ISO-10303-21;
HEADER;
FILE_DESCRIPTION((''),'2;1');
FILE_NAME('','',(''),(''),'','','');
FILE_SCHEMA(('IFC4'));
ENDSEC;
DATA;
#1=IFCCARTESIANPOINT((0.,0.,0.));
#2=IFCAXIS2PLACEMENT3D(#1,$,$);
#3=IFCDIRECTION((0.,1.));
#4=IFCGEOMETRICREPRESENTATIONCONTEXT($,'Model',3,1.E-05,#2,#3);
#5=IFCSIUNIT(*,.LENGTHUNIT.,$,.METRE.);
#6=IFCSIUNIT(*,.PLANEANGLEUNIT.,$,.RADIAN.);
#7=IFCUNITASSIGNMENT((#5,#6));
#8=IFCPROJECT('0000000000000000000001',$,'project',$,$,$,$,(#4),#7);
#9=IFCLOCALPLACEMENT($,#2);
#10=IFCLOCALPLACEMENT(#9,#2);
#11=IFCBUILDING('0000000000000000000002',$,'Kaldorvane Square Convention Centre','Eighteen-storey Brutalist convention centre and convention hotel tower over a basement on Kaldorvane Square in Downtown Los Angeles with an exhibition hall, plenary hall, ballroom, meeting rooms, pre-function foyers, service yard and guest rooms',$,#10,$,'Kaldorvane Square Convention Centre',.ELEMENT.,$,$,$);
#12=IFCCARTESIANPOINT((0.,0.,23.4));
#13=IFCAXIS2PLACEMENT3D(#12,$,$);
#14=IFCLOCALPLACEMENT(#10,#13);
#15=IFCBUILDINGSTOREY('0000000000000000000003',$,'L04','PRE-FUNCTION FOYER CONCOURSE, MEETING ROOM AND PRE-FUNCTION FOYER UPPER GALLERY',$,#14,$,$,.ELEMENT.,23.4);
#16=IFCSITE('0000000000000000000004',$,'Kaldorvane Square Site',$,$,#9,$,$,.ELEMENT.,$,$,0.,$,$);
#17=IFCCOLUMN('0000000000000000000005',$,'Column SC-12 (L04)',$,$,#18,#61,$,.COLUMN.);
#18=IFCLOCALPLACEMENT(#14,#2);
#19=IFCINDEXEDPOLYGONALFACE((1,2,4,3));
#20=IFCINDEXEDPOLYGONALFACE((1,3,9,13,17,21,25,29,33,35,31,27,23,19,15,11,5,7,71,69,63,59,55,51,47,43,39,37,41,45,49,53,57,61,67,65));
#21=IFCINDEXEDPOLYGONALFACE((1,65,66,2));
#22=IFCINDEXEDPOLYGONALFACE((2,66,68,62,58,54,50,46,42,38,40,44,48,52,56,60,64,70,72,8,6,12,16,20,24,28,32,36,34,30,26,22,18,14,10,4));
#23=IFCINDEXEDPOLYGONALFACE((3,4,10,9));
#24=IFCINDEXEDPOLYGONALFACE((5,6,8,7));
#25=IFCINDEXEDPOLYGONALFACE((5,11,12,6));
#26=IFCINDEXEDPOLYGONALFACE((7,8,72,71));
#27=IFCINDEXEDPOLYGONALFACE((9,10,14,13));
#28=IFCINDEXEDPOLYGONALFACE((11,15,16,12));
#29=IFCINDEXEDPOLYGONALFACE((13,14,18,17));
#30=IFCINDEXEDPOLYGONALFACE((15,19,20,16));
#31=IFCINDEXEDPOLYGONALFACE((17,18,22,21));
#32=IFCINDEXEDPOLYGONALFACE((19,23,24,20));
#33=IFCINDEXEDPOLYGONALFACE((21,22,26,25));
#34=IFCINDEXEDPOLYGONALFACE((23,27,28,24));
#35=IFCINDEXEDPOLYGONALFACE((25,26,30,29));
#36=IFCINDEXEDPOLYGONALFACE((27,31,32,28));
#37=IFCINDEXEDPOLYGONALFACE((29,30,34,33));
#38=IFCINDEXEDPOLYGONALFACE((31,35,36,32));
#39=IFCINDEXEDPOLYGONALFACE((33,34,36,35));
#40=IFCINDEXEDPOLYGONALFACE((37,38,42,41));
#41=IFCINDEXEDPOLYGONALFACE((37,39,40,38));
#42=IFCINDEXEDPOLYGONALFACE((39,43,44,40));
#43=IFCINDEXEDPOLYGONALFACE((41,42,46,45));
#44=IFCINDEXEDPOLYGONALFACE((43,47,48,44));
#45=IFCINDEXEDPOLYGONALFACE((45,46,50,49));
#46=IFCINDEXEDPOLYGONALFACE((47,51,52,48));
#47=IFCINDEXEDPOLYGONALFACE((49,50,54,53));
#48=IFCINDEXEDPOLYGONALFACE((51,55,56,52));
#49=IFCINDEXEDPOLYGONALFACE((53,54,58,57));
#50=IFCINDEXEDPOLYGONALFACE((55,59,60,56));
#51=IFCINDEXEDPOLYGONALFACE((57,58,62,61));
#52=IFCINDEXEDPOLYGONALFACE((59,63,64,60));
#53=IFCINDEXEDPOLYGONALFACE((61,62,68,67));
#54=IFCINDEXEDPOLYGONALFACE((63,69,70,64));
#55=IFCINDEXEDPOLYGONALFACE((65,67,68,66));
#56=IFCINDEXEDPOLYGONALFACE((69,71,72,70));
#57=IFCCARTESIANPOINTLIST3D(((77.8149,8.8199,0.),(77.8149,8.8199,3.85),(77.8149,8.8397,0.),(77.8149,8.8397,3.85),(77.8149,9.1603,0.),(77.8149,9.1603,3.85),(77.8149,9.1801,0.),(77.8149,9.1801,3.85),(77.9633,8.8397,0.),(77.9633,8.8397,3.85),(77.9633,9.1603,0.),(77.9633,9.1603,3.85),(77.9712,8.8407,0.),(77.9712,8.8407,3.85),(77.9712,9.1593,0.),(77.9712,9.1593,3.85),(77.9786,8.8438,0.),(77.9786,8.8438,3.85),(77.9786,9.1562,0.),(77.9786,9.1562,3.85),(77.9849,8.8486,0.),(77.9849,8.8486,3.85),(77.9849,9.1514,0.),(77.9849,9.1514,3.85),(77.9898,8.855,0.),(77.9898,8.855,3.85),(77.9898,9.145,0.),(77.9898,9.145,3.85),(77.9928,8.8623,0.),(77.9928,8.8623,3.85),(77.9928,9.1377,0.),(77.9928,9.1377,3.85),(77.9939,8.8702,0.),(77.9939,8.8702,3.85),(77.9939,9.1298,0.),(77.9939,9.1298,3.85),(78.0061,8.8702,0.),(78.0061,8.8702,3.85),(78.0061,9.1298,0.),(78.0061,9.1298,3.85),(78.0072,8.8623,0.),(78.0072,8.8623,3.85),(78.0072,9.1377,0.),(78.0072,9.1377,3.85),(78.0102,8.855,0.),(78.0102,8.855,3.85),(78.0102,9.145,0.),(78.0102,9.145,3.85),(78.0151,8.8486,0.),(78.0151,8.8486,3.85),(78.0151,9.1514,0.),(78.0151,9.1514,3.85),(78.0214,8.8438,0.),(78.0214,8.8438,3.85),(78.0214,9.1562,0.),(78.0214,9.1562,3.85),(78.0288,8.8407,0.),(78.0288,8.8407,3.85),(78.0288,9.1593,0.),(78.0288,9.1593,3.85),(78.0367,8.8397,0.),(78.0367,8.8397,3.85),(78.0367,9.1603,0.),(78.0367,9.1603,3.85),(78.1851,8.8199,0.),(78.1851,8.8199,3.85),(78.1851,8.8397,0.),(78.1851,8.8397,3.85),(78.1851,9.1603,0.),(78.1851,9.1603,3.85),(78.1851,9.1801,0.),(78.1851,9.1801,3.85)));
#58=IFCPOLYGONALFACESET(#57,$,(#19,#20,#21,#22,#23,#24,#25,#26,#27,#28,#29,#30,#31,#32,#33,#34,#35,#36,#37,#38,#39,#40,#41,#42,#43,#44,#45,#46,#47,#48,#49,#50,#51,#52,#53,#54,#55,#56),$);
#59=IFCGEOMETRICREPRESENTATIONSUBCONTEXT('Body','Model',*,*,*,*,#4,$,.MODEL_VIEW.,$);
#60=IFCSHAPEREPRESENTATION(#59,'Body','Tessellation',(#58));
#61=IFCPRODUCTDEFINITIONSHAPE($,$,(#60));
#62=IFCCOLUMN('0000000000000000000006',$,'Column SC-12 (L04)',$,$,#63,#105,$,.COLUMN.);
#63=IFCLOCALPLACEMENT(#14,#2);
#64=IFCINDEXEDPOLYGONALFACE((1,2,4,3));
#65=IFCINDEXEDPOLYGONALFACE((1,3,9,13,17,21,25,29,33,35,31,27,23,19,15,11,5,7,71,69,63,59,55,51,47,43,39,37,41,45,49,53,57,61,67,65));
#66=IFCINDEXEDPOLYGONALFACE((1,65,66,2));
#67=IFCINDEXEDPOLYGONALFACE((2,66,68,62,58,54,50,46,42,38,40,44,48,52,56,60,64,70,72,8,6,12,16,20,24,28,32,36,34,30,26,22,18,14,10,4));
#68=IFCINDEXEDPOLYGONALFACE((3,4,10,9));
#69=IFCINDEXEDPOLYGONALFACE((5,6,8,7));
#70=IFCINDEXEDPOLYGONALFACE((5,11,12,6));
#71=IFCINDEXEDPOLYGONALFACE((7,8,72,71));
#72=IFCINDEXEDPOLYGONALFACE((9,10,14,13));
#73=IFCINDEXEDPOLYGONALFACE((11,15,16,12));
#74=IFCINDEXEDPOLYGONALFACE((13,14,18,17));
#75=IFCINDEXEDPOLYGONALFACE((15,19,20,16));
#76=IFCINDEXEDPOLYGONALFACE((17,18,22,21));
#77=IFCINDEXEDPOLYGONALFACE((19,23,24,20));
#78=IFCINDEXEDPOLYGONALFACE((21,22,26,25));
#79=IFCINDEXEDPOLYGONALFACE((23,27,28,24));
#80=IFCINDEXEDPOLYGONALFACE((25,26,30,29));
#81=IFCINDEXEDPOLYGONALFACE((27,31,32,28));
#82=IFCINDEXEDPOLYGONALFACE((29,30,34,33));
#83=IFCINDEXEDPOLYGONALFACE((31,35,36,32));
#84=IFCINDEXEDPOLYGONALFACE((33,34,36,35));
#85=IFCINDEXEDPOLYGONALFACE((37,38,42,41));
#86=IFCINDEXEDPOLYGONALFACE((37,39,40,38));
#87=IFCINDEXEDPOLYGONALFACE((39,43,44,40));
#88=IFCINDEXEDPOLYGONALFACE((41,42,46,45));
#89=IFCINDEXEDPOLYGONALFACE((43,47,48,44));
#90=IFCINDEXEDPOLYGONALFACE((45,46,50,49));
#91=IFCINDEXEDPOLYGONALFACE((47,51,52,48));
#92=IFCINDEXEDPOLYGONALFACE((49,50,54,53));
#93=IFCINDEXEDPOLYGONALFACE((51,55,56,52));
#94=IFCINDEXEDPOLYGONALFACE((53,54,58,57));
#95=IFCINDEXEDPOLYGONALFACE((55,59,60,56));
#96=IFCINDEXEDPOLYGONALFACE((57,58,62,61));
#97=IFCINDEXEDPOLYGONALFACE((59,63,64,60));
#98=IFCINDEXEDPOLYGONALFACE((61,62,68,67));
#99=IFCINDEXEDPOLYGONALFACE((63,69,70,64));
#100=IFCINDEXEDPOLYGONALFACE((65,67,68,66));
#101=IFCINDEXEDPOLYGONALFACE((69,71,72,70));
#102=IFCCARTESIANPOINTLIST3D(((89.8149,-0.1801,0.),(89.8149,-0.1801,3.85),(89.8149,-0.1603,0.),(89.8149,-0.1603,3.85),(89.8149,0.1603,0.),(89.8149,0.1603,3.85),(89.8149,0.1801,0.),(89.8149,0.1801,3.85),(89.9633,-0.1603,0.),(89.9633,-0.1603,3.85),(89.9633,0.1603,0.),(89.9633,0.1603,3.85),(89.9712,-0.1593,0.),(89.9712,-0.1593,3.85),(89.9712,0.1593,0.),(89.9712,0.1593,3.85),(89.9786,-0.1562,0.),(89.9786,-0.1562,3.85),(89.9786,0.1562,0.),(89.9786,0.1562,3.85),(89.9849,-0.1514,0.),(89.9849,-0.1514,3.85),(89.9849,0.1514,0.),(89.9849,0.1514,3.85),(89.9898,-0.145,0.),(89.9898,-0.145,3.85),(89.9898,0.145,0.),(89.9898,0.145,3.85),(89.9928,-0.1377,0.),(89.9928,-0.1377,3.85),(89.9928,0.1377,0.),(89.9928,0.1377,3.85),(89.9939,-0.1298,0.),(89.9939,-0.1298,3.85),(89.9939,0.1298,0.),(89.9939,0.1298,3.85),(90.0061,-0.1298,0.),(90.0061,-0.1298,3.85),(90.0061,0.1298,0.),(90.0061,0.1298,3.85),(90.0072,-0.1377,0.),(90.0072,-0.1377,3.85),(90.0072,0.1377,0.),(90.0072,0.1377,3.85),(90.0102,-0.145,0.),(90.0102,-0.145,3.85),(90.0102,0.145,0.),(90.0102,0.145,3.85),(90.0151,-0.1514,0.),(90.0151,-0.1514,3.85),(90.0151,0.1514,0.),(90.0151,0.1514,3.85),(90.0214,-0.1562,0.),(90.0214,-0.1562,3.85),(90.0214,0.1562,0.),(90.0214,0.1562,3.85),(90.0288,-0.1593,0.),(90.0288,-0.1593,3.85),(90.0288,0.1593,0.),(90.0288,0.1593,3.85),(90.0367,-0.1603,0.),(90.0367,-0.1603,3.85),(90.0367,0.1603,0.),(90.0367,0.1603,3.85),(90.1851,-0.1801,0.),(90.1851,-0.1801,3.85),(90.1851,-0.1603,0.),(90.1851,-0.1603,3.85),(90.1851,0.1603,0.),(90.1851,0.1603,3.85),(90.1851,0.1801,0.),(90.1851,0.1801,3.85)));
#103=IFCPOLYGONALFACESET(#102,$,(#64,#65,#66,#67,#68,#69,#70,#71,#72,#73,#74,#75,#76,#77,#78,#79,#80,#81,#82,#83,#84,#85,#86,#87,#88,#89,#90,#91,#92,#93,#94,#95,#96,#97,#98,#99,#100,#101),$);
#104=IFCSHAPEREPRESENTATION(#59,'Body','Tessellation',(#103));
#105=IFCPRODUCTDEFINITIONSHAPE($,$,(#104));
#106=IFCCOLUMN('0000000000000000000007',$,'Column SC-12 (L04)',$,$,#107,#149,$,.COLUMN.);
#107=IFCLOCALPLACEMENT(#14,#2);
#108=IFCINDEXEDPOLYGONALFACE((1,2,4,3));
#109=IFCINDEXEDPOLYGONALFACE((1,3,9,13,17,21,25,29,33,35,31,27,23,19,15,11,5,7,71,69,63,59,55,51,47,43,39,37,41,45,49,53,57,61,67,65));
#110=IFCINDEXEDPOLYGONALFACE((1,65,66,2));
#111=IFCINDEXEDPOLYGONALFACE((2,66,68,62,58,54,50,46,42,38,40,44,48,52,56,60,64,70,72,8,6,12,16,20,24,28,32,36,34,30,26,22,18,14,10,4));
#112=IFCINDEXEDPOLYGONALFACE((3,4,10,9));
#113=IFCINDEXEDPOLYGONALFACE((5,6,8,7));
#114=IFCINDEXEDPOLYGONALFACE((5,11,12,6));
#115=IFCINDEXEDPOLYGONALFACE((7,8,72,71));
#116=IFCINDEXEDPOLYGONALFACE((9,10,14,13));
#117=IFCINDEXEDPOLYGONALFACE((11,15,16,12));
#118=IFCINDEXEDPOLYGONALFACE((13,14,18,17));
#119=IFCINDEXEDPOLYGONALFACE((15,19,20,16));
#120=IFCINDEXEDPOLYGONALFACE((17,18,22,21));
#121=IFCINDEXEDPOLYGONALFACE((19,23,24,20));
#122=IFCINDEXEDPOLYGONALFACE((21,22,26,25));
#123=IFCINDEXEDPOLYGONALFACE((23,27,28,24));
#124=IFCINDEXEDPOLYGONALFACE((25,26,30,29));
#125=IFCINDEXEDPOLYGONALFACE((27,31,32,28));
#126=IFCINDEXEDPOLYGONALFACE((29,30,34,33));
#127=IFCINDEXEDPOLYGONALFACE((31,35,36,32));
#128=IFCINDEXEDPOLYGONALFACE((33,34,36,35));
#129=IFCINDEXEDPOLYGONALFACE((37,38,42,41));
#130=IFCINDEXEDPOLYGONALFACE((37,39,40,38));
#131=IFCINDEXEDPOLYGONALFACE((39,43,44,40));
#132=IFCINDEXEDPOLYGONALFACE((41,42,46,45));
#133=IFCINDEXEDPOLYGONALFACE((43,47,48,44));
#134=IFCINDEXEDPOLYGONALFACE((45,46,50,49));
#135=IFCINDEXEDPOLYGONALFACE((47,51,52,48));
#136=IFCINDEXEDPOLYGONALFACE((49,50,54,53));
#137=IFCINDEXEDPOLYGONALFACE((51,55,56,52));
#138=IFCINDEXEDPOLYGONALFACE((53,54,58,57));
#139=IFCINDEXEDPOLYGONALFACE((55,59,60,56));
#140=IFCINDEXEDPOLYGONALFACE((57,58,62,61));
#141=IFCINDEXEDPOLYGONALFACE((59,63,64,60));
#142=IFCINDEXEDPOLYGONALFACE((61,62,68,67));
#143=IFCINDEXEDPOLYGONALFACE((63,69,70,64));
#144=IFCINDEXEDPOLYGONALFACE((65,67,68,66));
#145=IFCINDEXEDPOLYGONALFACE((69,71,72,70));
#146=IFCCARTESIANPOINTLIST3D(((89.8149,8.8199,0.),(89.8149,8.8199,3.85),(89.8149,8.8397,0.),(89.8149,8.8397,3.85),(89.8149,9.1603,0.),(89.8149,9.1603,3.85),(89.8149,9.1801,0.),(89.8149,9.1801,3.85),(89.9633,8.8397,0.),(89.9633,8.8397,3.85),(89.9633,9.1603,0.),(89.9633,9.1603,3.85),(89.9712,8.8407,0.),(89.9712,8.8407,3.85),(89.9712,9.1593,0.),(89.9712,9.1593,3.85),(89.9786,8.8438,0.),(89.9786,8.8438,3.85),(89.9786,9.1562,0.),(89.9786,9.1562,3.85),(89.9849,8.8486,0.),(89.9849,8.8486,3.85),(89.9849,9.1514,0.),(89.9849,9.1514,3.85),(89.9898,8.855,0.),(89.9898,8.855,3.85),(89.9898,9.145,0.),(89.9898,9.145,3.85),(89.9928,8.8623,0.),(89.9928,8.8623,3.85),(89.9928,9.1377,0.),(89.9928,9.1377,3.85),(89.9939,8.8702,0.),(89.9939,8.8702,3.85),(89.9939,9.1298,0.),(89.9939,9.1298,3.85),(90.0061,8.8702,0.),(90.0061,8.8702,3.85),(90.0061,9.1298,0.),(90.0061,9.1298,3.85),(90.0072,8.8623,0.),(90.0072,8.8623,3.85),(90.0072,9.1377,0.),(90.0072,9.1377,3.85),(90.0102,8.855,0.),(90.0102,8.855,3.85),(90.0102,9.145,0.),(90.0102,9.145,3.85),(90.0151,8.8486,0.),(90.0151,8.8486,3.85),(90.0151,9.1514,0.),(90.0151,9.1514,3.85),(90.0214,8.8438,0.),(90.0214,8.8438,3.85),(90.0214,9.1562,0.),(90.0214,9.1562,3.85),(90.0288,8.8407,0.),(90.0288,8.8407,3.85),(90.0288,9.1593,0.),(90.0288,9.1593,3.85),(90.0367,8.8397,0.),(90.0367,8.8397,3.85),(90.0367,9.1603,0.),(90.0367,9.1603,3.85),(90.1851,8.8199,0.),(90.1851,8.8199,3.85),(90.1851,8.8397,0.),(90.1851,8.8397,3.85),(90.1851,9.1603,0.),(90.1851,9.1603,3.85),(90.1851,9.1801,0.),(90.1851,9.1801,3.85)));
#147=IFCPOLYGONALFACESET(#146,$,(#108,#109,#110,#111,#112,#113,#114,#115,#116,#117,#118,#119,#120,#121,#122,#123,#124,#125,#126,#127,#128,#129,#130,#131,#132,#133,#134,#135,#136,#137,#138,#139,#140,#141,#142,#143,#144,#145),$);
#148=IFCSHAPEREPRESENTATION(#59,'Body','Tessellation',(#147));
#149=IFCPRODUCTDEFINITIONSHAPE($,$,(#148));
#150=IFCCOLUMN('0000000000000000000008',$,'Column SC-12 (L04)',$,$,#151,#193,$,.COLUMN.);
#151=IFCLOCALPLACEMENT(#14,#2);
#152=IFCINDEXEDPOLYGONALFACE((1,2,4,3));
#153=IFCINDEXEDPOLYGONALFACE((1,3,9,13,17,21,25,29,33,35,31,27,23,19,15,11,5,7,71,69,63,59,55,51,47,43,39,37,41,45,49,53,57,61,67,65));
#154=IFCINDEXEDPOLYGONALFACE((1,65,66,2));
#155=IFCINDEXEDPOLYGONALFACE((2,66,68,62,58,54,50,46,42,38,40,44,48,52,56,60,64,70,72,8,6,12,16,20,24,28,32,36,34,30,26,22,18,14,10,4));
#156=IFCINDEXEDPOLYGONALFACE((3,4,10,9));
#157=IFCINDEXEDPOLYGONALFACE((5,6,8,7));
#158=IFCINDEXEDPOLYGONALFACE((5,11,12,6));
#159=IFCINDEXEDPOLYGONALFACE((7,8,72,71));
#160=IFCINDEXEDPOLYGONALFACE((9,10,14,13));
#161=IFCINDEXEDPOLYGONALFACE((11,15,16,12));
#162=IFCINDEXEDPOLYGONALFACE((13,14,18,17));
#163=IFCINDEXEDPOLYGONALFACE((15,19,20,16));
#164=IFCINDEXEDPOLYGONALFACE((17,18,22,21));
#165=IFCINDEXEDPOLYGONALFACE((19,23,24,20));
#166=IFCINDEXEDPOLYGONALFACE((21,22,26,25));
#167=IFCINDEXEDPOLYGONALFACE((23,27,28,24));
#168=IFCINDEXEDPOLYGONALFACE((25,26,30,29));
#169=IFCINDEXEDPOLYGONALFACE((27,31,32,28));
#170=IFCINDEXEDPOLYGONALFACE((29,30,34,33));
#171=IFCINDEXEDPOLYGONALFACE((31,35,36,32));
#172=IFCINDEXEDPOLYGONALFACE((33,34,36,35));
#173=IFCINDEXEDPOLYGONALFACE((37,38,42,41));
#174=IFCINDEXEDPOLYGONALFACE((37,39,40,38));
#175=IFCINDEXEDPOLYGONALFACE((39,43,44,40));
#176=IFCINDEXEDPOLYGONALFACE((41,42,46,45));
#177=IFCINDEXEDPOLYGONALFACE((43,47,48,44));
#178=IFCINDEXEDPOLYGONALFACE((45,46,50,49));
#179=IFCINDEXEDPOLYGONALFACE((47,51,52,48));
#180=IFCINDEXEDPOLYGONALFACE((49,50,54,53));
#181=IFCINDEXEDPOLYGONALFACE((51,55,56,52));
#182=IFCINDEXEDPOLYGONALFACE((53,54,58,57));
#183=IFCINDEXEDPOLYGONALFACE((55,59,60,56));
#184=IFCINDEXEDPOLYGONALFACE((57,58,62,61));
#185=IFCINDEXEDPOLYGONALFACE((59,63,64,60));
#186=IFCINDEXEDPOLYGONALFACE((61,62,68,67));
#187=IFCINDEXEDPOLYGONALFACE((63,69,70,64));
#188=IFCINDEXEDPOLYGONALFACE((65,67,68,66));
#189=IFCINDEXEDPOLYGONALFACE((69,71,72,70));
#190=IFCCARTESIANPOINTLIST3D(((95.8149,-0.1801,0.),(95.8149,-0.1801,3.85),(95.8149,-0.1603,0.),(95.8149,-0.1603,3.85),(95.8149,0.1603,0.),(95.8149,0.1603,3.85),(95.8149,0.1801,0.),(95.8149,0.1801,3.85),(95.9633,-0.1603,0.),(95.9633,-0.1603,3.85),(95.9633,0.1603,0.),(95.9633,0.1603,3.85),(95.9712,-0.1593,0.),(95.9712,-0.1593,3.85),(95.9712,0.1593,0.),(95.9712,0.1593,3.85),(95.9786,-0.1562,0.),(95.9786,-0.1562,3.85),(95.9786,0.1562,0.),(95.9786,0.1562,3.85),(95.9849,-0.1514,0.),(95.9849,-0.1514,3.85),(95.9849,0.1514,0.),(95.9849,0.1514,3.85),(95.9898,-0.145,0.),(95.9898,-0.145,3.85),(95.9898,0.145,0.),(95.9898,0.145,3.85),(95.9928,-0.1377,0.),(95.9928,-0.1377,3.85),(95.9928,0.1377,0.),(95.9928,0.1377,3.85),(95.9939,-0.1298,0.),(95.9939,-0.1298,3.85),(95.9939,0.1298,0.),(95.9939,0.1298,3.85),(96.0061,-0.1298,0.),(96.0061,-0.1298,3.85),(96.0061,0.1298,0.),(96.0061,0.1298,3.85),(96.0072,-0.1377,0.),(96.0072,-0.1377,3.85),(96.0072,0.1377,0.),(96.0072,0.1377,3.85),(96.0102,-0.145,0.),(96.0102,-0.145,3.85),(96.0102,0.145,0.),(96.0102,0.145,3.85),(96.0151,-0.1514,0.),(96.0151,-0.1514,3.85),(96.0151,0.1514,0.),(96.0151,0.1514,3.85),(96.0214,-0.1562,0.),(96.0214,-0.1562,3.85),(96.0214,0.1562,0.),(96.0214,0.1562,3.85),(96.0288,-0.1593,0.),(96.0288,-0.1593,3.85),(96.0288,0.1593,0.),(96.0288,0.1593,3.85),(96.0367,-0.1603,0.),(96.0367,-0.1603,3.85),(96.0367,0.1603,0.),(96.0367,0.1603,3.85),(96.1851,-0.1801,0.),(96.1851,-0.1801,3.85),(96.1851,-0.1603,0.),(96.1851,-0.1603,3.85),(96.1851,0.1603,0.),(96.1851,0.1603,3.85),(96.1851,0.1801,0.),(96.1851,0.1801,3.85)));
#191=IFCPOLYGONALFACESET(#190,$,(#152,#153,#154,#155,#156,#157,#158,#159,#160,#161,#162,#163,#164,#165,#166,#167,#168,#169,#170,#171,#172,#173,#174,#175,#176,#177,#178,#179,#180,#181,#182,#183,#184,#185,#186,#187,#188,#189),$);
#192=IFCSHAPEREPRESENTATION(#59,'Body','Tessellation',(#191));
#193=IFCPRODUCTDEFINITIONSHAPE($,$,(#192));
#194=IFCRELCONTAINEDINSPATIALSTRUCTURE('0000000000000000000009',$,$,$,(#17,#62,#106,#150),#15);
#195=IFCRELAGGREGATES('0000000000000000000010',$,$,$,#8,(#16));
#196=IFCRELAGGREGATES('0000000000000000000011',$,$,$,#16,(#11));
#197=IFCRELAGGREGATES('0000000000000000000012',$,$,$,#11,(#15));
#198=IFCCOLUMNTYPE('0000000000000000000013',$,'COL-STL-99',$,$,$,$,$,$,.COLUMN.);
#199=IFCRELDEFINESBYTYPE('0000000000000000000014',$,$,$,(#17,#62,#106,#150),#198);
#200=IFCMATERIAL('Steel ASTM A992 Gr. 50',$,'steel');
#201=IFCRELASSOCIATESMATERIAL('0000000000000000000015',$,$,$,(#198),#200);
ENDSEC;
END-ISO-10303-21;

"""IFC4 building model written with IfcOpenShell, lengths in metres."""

from ifc_helpers import new_model, si_unit, direction, frame, origin, origin_2d, place, context, subcontext, project, spatial, i_section, extrude, material, material_profile, profile_set, type_object, element, save


model = new_model("IFC4")

# Units and contexts
model_context = context("Model", 3, precision=1e-05, world=origin(), true_north=direction((0.0, 1.0)))
body_context = subcontext(model_context, "Body", "Model", "MODEL_VIEW")
ifc_project = project(units=[si_unit("LENGTHUNIT", "METRE"), si_unit("PLANEANGLEUNIT", "RADIAN")], contexts=[model_context])

# Site, building, storey
site_placement = place(None, origin())
site = spatial("IfcSite", under=ifc_project, at=site_placement, Name="Kaldorvane Square Site", CompositionType="ELEMENT", RefElevation=0.0)
building_placement = place(site_placement, origin())
building = spatial("IfcBuilding", under=site, at=building_placement, Name="Kaldorvane Square Convention Centre", Description="Eighteen-storey Brutalist convention centre and convention hotel tower over a basement on Kaldorvane Square in Downtown Los Angeles with an exhibition hall, plenary hall, ballroom, meeting rooms, pre-function foyers, service yard and guest rooms", LongName="Kaldorvane Square Convention Centre", CompositionType="ELEMENT")
storey_placement = place(building_placement, frame((0.0, 0.0, 23.4)))
storey = spatial("IfcBuildingStorey", under=building, at=storey_placement, Name="L04", Description="PRE-FUNCTION FOYER CONCOURSE, MEETING ROOM AND PRE-FUNCTION FOYER UPPER GALLERY", CompositionType="ELEMENT", Elevation=23.4)

# Columns
ifc_material_1 = material(Name="Steel ASTM A992 Gr. 50", Category="steel")
ifc_material_profile_1 = material_profile(ifc_material_1, i_section(OverallWidth=0.3701, OverallDepth=0.3602, WebThickness=0.0123, FlangeThickness=0.0198, FilletRadius=0.0305, at=origin_2d()), Name="W14X99")
ifc_profile_set_1 = profile_set([ifc_material_profile_1], Name="Steel ASTM A992 Gr. 50")
column_type_1 = type_object("IfcColumnType", Name="COL-STL-99", PredefinedType="COLUMN", material=ifc_profile_set_1)
for number, where, z_axis, x_axis, name in (
    (1, (78.0, 9.0, 0.0), (0.0, 0.0, 1.0), (1.0, 0.0, 0.0), "Column SC-12 (L04)"),
    (2, (90.0, 0.0, 0.0), (0.0, 0.0, 1.0), (1.0, 0.0, 0.0), "Column SC-12 (L04)"),
    (3, (90.0, 9.0, 0.0), (0.0, 0.0, 1.0), (1.0, 0.0, 0.0), "Column SC-12 (L04)"),
    (4, (96.0, 0.0, 0.0), (0.0, 0.0, 1.0), (1.0, 0.0, 0.0), "Column SC-12 (L04)"),
):
    element("IfcColumn", number, at=place(storey_placement, frame(where, z_axis=z_axis, x_axis=x_axis)), inside=storey, type_object=column_type_1, Name=name, PredefinedType="COLUMN", context=body_context, shape_type="SweptSolid", body=[
        extrude(i_section(OverallWidth=0.3701, OverallDepth=0.3602, WebThickness=0.0123, FlangeThickness=0.0198, FilletRadius=0.0305, at=origin_2d()), origin(), (0.0, 0.0, 1.0), 3.85),
    ])

save(model, "model.ifc")
